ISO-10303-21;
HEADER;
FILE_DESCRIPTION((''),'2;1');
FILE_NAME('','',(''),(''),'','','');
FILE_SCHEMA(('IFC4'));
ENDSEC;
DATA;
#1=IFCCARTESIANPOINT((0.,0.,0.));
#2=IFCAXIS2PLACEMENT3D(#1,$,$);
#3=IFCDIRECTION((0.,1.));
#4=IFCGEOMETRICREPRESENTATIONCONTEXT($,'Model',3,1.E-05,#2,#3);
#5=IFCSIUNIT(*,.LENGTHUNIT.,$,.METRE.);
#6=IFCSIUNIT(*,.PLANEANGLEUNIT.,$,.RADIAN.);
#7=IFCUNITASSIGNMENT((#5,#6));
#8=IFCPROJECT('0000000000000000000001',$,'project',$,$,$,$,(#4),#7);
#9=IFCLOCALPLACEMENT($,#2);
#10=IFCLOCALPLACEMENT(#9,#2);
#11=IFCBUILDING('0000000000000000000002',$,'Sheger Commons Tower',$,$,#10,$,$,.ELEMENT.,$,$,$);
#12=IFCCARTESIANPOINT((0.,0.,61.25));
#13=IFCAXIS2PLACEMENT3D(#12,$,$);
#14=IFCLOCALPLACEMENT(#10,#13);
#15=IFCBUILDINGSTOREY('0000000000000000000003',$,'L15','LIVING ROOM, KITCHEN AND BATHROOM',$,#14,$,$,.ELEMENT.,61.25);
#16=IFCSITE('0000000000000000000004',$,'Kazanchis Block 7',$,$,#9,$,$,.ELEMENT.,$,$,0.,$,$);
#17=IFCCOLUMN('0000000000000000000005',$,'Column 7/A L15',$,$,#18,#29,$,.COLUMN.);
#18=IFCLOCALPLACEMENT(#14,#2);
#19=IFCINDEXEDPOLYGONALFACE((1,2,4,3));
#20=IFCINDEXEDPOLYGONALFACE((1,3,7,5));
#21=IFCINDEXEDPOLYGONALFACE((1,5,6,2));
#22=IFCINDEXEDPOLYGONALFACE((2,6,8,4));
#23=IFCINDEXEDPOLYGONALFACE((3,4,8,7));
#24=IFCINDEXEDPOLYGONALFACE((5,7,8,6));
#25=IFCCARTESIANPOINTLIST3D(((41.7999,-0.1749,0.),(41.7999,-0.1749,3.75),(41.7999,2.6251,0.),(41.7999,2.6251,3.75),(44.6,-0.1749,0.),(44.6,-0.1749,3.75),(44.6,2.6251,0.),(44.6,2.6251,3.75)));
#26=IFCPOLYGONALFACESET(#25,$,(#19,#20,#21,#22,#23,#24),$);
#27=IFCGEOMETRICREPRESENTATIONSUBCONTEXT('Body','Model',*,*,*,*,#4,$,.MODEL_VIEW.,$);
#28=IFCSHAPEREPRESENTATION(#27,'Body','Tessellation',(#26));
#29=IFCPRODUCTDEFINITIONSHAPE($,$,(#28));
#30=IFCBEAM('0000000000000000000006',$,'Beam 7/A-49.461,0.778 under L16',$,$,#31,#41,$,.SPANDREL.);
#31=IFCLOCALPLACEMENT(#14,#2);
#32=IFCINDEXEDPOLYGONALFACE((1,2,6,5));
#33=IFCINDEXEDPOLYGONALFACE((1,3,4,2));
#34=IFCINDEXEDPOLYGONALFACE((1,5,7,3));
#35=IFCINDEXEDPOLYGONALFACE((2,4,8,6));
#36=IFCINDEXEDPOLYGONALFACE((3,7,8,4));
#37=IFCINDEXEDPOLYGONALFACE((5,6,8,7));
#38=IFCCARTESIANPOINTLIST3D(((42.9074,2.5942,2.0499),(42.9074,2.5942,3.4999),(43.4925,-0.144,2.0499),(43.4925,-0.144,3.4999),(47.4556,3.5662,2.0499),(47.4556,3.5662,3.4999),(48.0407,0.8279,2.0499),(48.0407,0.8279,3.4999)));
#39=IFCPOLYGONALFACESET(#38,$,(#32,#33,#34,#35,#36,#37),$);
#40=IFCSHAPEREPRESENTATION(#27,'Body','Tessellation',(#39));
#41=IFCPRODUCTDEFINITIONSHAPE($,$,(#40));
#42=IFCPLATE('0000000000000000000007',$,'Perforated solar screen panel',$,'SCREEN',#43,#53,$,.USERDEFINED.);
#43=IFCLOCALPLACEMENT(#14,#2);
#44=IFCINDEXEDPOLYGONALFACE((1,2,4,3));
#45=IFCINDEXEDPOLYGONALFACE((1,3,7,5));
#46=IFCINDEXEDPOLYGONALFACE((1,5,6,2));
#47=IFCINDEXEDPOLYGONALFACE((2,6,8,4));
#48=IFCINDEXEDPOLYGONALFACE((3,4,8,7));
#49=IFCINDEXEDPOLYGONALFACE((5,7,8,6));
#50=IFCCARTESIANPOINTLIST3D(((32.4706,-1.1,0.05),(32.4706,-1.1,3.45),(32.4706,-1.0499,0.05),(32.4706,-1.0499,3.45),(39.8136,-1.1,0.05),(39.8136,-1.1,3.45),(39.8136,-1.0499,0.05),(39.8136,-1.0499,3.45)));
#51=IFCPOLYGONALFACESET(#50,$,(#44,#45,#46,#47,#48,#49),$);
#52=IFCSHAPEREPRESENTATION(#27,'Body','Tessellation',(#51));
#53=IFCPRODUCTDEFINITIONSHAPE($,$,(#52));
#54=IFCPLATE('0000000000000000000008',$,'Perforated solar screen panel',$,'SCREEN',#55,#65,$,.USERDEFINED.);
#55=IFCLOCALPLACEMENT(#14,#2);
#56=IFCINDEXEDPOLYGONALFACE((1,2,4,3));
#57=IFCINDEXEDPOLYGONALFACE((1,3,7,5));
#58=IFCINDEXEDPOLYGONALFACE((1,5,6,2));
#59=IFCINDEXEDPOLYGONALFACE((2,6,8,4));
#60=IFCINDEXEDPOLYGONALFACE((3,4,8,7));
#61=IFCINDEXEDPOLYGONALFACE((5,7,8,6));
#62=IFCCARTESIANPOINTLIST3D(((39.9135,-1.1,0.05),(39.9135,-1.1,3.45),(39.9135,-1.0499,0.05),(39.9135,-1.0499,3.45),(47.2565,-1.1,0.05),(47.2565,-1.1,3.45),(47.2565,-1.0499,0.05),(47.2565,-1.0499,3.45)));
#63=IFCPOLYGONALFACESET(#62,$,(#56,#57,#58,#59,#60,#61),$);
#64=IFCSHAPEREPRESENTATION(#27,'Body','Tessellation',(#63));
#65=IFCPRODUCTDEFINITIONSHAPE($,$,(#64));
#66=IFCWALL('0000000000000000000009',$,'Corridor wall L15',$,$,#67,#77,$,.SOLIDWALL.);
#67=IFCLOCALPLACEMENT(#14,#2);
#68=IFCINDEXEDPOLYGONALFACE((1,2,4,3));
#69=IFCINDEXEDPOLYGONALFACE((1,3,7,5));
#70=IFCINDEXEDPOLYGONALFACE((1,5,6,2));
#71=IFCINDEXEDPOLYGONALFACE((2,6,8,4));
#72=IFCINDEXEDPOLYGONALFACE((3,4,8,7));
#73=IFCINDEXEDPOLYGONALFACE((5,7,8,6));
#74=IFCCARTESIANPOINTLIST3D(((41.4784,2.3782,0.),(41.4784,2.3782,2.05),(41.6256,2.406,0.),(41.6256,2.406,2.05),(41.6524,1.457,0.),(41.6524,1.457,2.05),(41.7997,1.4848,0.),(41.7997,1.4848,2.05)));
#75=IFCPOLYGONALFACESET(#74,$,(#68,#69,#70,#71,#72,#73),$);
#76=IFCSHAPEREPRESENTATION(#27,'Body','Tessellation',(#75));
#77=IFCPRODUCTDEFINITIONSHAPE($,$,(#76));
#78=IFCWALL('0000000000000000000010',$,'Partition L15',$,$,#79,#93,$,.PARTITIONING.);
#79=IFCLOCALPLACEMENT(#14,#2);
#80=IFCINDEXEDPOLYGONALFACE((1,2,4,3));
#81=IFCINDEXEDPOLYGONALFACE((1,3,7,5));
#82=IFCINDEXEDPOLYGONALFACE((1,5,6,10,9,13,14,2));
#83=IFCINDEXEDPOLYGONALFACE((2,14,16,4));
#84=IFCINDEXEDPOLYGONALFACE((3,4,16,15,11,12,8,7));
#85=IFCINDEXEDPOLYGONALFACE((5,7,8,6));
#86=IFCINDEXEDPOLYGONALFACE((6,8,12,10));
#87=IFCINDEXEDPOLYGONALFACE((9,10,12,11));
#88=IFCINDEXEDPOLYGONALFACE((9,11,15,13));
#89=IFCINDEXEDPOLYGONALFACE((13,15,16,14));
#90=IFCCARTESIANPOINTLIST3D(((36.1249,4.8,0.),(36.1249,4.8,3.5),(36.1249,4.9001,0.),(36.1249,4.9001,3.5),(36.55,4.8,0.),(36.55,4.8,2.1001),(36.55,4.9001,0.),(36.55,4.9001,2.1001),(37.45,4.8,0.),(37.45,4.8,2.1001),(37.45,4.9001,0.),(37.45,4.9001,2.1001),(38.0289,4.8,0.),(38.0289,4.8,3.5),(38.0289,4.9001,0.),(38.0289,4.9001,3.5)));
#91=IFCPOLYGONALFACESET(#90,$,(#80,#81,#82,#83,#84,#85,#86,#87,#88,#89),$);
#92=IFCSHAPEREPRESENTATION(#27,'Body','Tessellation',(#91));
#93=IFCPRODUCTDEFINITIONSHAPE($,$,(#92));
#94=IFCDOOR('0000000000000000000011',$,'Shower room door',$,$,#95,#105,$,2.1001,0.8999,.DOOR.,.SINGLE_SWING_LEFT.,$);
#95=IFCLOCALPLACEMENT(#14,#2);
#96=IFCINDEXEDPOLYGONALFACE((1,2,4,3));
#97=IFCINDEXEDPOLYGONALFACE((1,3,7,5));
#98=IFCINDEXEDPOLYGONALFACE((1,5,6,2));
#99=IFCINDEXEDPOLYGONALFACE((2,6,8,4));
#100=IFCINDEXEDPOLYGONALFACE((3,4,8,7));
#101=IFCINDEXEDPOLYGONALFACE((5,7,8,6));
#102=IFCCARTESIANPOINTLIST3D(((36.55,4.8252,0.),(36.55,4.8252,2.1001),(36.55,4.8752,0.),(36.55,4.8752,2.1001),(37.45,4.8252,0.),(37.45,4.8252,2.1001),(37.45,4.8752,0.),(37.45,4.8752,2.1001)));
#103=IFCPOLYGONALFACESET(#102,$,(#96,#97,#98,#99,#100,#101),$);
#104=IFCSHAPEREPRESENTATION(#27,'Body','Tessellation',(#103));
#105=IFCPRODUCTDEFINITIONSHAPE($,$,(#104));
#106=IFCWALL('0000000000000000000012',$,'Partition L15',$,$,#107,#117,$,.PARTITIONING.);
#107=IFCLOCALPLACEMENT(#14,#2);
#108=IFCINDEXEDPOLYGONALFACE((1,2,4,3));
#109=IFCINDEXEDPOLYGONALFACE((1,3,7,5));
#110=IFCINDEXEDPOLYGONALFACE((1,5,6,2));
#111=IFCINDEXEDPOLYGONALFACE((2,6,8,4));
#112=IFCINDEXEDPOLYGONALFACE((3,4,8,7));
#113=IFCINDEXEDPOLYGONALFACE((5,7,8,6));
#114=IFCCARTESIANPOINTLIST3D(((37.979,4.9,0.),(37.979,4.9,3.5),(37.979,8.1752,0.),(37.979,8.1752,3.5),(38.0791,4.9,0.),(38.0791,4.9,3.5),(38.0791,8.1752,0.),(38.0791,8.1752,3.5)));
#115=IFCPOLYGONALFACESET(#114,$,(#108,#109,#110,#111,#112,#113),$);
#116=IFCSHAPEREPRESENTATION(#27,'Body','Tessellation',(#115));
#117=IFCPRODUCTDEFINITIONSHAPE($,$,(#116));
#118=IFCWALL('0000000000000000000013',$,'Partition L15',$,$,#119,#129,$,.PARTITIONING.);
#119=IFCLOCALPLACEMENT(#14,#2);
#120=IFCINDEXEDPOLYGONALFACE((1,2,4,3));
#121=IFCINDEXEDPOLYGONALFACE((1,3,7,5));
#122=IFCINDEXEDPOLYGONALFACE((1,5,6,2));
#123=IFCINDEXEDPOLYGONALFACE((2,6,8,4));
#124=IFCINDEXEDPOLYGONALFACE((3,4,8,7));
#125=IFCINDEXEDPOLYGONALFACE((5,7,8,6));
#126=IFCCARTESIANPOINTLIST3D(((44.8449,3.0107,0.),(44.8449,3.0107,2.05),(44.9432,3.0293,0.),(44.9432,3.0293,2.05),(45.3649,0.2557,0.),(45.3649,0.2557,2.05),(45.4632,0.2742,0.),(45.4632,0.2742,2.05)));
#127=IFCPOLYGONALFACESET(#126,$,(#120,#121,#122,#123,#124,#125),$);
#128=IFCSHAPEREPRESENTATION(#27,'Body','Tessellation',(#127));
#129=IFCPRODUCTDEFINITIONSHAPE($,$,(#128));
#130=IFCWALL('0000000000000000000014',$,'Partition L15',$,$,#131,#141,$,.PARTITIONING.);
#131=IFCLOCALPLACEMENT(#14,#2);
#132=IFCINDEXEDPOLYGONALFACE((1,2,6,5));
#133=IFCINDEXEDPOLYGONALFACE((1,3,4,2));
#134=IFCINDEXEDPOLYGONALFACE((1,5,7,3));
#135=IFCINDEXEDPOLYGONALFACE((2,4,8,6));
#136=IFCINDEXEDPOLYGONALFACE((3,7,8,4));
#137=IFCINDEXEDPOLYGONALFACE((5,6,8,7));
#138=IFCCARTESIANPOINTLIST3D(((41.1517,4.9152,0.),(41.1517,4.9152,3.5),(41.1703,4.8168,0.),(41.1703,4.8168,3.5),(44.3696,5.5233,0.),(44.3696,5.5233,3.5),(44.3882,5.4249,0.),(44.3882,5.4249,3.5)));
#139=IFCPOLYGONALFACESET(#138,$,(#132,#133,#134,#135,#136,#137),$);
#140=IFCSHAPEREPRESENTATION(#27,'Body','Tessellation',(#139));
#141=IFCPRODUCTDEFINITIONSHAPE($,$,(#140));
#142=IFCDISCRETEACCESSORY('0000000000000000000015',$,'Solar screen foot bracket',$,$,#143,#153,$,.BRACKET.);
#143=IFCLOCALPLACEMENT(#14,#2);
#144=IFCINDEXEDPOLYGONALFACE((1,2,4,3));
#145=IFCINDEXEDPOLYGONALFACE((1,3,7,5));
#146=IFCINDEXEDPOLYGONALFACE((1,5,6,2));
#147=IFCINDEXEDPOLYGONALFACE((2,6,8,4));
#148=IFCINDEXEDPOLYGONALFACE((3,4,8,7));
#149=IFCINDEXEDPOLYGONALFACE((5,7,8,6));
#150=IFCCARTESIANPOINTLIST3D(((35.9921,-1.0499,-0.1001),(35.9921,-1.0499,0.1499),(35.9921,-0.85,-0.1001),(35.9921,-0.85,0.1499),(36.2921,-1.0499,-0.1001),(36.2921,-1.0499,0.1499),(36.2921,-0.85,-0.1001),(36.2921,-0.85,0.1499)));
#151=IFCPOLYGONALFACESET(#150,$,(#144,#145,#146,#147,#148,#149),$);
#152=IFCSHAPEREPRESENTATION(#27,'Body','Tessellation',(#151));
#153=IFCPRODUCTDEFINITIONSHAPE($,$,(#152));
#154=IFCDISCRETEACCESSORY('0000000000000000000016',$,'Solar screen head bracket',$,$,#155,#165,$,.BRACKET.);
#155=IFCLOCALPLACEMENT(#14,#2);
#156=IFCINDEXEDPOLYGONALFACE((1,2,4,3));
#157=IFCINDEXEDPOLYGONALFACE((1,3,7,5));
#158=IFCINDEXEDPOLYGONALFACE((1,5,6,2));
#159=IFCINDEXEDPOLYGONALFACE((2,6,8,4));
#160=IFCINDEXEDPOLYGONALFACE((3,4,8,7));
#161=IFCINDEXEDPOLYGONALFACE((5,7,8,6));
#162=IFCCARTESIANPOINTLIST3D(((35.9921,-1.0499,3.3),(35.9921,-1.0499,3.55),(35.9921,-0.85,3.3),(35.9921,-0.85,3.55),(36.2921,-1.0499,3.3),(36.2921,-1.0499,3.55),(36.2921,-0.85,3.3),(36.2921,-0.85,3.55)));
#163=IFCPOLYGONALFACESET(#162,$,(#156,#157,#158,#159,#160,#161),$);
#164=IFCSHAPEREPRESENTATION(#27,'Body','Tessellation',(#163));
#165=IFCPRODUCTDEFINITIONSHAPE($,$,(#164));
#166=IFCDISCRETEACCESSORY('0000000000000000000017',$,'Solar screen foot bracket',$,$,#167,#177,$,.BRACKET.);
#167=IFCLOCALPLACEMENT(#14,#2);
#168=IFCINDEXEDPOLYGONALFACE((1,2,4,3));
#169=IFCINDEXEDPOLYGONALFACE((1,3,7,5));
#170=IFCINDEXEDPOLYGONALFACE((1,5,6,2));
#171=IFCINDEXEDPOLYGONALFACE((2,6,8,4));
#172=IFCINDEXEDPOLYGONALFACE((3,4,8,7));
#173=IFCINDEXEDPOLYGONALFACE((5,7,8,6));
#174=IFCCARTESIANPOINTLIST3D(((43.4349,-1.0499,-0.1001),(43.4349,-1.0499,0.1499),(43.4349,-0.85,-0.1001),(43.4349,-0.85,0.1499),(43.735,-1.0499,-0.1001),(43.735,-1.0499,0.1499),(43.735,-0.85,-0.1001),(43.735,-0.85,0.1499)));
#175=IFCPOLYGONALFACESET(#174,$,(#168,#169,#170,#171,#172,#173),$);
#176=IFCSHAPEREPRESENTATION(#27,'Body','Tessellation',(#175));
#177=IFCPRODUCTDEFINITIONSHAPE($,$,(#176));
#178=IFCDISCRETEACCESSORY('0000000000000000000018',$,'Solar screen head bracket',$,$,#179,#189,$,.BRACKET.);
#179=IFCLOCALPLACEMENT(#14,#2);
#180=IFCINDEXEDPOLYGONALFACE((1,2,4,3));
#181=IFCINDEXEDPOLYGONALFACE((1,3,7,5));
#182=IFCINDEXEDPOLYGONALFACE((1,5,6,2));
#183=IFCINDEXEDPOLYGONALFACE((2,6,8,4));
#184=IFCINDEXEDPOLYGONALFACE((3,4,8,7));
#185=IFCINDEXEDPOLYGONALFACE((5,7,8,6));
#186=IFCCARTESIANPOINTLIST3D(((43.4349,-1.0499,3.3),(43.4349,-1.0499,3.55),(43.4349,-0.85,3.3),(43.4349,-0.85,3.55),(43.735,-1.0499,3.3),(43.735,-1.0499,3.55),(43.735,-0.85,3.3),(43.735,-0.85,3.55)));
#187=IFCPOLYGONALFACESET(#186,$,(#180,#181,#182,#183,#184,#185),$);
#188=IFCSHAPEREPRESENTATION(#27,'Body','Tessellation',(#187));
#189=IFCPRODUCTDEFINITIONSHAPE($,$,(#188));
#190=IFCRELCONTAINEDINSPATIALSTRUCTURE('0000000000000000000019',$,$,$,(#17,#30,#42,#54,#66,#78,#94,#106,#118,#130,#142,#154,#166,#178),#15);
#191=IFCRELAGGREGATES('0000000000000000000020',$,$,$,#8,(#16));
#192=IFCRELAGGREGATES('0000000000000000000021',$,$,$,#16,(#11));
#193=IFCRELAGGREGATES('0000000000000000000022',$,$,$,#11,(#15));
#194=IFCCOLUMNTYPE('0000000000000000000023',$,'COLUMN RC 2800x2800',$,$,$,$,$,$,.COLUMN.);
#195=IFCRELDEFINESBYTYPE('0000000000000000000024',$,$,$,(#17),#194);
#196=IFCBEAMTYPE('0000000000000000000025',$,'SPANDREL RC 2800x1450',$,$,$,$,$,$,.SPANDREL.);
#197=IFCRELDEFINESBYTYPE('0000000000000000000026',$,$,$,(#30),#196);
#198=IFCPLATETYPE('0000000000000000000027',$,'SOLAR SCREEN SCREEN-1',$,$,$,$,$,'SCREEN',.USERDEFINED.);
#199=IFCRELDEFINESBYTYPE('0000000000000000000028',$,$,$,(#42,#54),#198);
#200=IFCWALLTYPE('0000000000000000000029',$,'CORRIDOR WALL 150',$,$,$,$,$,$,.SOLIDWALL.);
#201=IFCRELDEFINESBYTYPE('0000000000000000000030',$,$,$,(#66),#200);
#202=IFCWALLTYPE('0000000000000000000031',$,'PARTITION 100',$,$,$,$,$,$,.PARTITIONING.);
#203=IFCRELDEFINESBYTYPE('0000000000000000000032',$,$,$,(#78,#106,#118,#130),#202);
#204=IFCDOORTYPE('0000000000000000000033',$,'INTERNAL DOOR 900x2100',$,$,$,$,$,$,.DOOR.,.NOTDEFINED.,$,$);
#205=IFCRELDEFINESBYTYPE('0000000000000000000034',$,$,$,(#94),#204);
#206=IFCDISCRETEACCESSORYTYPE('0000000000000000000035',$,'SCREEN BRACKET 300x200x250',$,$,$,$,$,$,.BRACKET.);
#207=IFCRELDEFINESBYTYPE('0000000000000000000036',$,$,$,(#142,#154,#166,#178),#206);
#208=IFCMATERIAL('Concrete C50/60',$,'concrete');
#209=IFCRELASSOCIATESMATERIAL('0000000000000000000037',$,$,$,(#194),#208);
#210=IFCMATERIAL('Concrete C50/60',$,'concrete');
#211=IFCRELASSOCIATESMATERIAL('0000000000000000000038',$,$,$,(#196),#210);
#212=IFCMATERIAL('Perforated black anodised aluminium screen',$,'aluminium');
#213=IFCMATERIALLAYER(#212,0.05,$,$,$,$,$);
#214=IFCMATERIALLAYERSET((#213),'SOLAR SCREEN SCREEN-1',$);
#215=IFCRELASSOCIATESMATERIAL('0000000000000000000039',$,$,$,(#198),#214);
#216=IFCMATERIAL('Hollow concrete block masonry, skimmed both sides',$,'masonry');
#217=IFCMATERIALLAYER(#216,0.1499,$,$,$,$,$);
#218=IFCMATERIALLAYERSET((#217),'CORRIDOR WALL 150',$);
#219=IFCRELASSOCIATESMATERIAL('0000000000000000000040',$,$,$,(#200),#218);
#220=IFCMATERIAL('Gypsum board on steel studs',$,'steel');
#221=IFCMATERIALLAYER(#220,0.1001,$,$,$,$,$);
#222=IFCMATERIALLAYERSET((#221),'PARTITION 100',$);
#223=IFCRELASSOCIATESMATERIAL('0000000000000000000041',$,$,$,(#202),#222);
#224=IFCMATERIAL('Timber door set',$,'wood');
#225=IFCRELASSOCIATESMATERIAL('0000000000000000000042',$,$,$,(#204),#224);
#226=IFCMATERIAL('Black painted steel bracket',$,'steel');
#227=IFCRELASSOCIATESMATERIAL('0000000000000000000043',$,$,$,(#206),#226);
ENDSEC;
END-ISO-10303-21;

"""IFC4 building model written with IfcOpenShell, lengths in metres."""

from ifc_helpers import new_model, si_unit, direction, frame, frame_2d, origin, origin_2d, place, context, subcontext, project, spatial, rectangle, extrude, material, layer, layer_set, material_profile, profile_set, type_object, element, fill, save


model = new_model("IFC4")

# Units and contexts
model_context = context("Model", 3, precision=1e-05, world=origin(), true_north=direction((0.0, 1.0)))
body_context = subcontext(model_context, "Body", "Model", "MODEL_VIEW")
ifc_project = project(units=[si_unit("LENGTHUNIT", "METRE"), si_unit("PLANEANGLEUNIT", "RADIAN")], contexts=[model_context])

# Site, building, storey
site_placement = place(None, origin())
site = spatial("IfcSite", under=ifc_project, at=site_placement, Name="Kazanchis Block 7", CompositionType="ELEMENT", RefElevation=0.0)
building_placement = place(site_placement, origin())
building = spatial("IfcBuilding", under=site, at=building_placement, Name="Sheger Commons Tower", CompositionType="ELEMENT")
storey_placement = place(building_placement, frame((0.0, 0.0, 61.25)))
storey = spatial("IfcBuildingStorey", under=building, at=storey_placement, Name="L15", Description="LIVING ROOM, KITCHEN AND BATHROOM", CompositionType="ELEMENT", Elevation=61.25)

# Column
ifc_material_1 = material(Name="Concrete C50/60", Category="concrete")
ifc_material_profile_1 = material_profile(ifc_material_1, rectangle(XDim=2.8, YDim=2.8, at=origin_2d()), Name="RC 2800x2800")
ifc_profile_set_1 = profile_set([ifc_material_profile_1], Name="Concrete C50/60")
column_type = type_object("IfcColumnType", Name="COLUMN RC 2800x2800", PredefinedType="COLUMN", material=ifc_profile_set_1)
column_placement = place(storey_placement, frame((43.2, 1.2251, 0.0), z_axis=(0.0, 0.0, 1.0), x_axis=(1.0, 0.0, 0.0)))
element("IfcColumn", 1, at=column_placement, inside=storey, type_object=column_type, Name="Column 7/A L15", PredefinedType="COLUMN", context=body_context, shape_type="SweptSolid", body=[
    extrude(rectangle(XDim=2.8, YDim=2.8, at=origin_2d()), origin(), (0.0, 0.0, 1.0), 3.75),
])

# Beam
ifc_material_2 = material(Name="Concrete C50/60", Category="concrete")
ifc_material_profile_2 = material_profile(ifc_material_2, rectangle(XDim=2.8, YDim=1.45, at=origin_2d()), Name="RC 2800x1450")
ifc_profile_set_2 = profile_set([ifc_material_profile_2], Name="Concrete C50/60")
beam_type = type_object("IfcBeamType", Name="SPANDREL RC 2800x1450", PredefinedType="SPANDREL", material=ifc_profile_set_2)
beam_placement = place(storey_placement, frame((43.2, 1.2251, 2.7749), z_axis=(0.97792, 0.208981, 0.0), x_axis=(-0.208981, 0.97792, 0.0)))
element("IfcBeam", 2, at=beam_placement, inside=storey, type_object=beam_type, Name="Beam 7/A-49.461,0.778 under L16", PredefinedType="SPANDREL", context=body_context, shape_type="SweptSolid", body=[
    extrude(rectangle(XDim=2.8, YDim=1.45, at=origin_2d()), origin(), (0.0, 0.0, 1.0), 4.6509),
])

# Plates
ifc_material_3 = material(Name="Perforated black anodised aluminium screen", Category="aluminium")
ifc_layer_1 = layer(ifc_material_3, 0.05)
ifc_layer_set_1 = layer_set([ifc_layer_1], Name="SOLAR SCREEN SCREEN-1")
plate_type = type_object("IfcPlateType", Name="SOLAR SCREEN SCREEN-1", ElementType="SCREEN", PredefinedType="USERDEFINED", material=ifc_layer_set_1)
for number, where, z_axis, x_axis, name in (
    (3, (36.1421, -1.075, 0.05), (0.0, 0.0, 1.0), (1.0, 0.0, 0.0), "Perforated solar screen panel"),
    (4, (43.585, -1.075, 0.05), (0.0, 0.0, 1.0), (1.0, 0.0, 0.0), "Perforated solar screen panel"),
):
    element("IfcPlate", number, at=place(storey_placement, frame(where, z_axis=z_axis, x_axis=x_axis)), inside=storey, type_object=plate_type, Name=name, ObjectType="SCREEN", PredefinedType="USERDEFINED", context=body_context, shape_type="SweptSolid", body=[
        extrude(rectangle(XDim=7.343, YDim=0.05, at=origin_2d()), origin(), (0.0, 0.0, 1.0), 3.3999),
    ])

# Wall
ifc_material_4 = material(Name="Hollow concrete block masonry, skimmed both sides", Category="masonry")
ifc_layer_2 = layer(ifc_material_4, 0.1499)
ifc_layer_set_2 = layer_set([ifc_layer_2], Name="CORRIDOR WALL 150")
wall_type_1 = type_object("IfcWallType", Name="CORRIDOR WALL 150", PredefinedType="SOLIDWALL", material=ifc_layer_set_2)
wall_1_placement = place(storey_placement, frame((41.552, 2.3921, 0.0), z_axis=(0.0, 0.0, 1.0), x_axis=(0.185688, -0.982609, 0.0)))
element("IfcWall", 5, at=wall_1_placement, inside=storey, type_object=wall_type_1, Name="Corridor wall L15", PredefinedType="SOLIDWALL", context=body_context, shape_type="SweptSolid", body=[
    extrude(rectangle(XDim=0.9375, YDim=0.1499, at=frame_2d((0.4688, 0.0))), origin(), (0.0, 0.0, 1.0), 2.05),
])

# Wall, opening, door
ifc_material_5 = material(Name="Gypsum board on steel studs", Category="steel")
ifc_layer_3 = layer(ifc_material_5, 0.1001)
ifc_layer_set_3 = layer_set([ifc_layer_3], Name="PARTITION 100")
wall_type_2 = type_object("IfcWallType", Name="PARTITION 100", PredefinedType="PARTITIONING", material=ifc_layer_set_3)
wall_2_placement = place(storey_placement, frame((38.0291, 4.8501, 0.0), z_axis=(0.0, 0.0, 1.0), x_axis=(-1.0, 0.0, 0.0)))
wall_2 = element("IfcWall", 6, at=wall_2_placement, inside=storey, type_object=wall_type_2, Name="Partition L15", PredefinedType="PARTITIONING", context=body_context, shape_type="SweptSolid", body=[
    extrude(rectangle(XDim=1.9041, YDim=0.1001, at=frame_2d((0.9521, 0.0))), origin(), (0.0, 0.0, 1.0), 3.5),
])
opening_placement = place(wall_2_placement, frame((0.5791, 0.0, 0.0)))
opening = element("IfcOpeningElement", 7, at=opening_placement, cuts=wall_2, PredefinedType="OPENING", context=body_context, shape_type="SweptSolid", body=[
    extrude(rectangle(XDim=0.8999, YDim=2.1001, at=frame_2d((0.45, 1.05))), frame((0.0, 0.0601, 0.0), z_axis=(0.0, -1.0, 0.0), x_axis=(1.0, 0.0, 0.0)), (0.0, 0.0, 1.0), 0.1201),
])
ifc_material_6 = material(Name="Timber door set", Category="wood")
door_type = type_object("IfcDoorType", Name="INTERNAL DOOR 900x2100", OperationType="NOTDEFINED", PredefinedType="DOOR", material=ifc_material_6)
door_placement = place(opening_placement, origin())
door = element("IfcDoor", 8, at=door_placement, inside=storey, type_object=door_type, Name="Shower room door", OperationType="SINGLE_SWING_LEFT", OverallHeight=2.1001, OverallWidth=0.8999, PredefinedType="DOOR", context=body_context, shape_type="SweptSolid", body=[
    extrude(rectangle(XDim=0.8999, YDim=2.1001, at=frame_2d((0.45, 1.05))), frame((0.0, 0.0249, 0.0), z_axis=(0.0, -1.0, 0.0), x_axis=(1.0, 0.0, 0.0)), (0.0, 0.0, 1.0), 0.05),
])
fill(opening, door)

# Walls
wall_3_placement = place(storey_placement, frame((38.0291, 4.8999, 0.0), z_axis=(0.0, 0.0, 1.0), x_axis=(0.0, 1.0, 0.0)))
element("IfcWall", 9, at=wall_3_placement, inside=storey, type_object=wall_type_2, Name="Partition L15", PredefinedType="PARTITIONING", context=body_context, shape_type="SweptSolid", body=[
    extrude(rectangle(XDim=3.2751, YDim=0.1001, at=frame_2d((1.6377, 0.0))), origin(), (0.0, 0.0, 1.0), 3.5),
])
wall_4_placement = place(storey_placement, frame((44.894, 3.02, 0.0), z_axis=(0.0, 0.0, 1.0), x_axis=(0.185471, -0.98265, 0.0)))
element("IfcWall", 10, at=wall_4_placement, inside=storey, type_object=wall_type_2, Name="Partition L15", PredefinedType="PARTITIONING", context=body_context, shape_type="SweptSolid", body=[
    extrude(rectangle(XDim=2.8037, YDim=0.1001, at=frame_2d((1.4019, 0.0))), origin(), (0.0, 0.0, 1.0), 2.05),
])
wall_5_placement = place(storey_placement, frame((44.3789, 5.4741, 0.0), z_axis=(0.0, 0.0, 1.0), x_axis=(-0.982607, -0.185697, 0.0)))
element("IfcWall", 11, at=wall_5_placement, inside=storey, type_object=wall_type_2, Name="Partition L15", PredefinedType="PARTITIONING", context=body_context, shape_type="SweptSolid", body=[
    extrude(rectangle(XDim=3.2749, YDim=0.1001, at=frame_2d((1.6375, 0.0))), origin(), (0.0, 0.0, 1.0), 3.5),
])

# Discrete accessories
ifc_material_7 = material(Name="Black painted steel bracket", Category="steel")
discrete_accessory_type = type_object("IfcDiscreteAccessoryType", Name="SCREEN BRACKET 300x200x250", PredefinedType="BRACKET", material=ifc_material_7)
for number, where, z_axis, x_axis, name in (
    (12, (36.1421, -0.95, -0.1001), (0.0, 0.0, 1.0), (1.0, 0.0, 0.0), "Solar screen foot bracket"),
    (13, (36.1421, -0.95, 3.3), (0.0, 0.0, 1.0), (1.0, 0.0, 0.0), "Solar screen head bracket"),
    (14, (43.585, -0.95, -0.1001), (0.0, 0.0, 1.0), (1.0, 0.0, 0.0), "Solar screen foot bracket"),
    (15, (43.585, -0.95, 3.3), (0.0, 0.0, 1.0), (1.0, 0.0, 0.0), "Solar screen head bracket"),
):
    element("IfcDiscreteAccessory", number, at=place(storey_placement, frame(where, z_axis=z_axis, x_axis=x_axis)), inside=storey, type_object=discrete_accessory_type, Name=name, PredefinedType="BRACKET", context=body_context, shape_type="SweptSolid", body=[
        extrude(rectangle(XDim=0.3, YDim=0.2, at=origin_2d()), origin(), (0.0, 0.0, 1.0), 0.25),
    ])

save(model, "model.ifc")
